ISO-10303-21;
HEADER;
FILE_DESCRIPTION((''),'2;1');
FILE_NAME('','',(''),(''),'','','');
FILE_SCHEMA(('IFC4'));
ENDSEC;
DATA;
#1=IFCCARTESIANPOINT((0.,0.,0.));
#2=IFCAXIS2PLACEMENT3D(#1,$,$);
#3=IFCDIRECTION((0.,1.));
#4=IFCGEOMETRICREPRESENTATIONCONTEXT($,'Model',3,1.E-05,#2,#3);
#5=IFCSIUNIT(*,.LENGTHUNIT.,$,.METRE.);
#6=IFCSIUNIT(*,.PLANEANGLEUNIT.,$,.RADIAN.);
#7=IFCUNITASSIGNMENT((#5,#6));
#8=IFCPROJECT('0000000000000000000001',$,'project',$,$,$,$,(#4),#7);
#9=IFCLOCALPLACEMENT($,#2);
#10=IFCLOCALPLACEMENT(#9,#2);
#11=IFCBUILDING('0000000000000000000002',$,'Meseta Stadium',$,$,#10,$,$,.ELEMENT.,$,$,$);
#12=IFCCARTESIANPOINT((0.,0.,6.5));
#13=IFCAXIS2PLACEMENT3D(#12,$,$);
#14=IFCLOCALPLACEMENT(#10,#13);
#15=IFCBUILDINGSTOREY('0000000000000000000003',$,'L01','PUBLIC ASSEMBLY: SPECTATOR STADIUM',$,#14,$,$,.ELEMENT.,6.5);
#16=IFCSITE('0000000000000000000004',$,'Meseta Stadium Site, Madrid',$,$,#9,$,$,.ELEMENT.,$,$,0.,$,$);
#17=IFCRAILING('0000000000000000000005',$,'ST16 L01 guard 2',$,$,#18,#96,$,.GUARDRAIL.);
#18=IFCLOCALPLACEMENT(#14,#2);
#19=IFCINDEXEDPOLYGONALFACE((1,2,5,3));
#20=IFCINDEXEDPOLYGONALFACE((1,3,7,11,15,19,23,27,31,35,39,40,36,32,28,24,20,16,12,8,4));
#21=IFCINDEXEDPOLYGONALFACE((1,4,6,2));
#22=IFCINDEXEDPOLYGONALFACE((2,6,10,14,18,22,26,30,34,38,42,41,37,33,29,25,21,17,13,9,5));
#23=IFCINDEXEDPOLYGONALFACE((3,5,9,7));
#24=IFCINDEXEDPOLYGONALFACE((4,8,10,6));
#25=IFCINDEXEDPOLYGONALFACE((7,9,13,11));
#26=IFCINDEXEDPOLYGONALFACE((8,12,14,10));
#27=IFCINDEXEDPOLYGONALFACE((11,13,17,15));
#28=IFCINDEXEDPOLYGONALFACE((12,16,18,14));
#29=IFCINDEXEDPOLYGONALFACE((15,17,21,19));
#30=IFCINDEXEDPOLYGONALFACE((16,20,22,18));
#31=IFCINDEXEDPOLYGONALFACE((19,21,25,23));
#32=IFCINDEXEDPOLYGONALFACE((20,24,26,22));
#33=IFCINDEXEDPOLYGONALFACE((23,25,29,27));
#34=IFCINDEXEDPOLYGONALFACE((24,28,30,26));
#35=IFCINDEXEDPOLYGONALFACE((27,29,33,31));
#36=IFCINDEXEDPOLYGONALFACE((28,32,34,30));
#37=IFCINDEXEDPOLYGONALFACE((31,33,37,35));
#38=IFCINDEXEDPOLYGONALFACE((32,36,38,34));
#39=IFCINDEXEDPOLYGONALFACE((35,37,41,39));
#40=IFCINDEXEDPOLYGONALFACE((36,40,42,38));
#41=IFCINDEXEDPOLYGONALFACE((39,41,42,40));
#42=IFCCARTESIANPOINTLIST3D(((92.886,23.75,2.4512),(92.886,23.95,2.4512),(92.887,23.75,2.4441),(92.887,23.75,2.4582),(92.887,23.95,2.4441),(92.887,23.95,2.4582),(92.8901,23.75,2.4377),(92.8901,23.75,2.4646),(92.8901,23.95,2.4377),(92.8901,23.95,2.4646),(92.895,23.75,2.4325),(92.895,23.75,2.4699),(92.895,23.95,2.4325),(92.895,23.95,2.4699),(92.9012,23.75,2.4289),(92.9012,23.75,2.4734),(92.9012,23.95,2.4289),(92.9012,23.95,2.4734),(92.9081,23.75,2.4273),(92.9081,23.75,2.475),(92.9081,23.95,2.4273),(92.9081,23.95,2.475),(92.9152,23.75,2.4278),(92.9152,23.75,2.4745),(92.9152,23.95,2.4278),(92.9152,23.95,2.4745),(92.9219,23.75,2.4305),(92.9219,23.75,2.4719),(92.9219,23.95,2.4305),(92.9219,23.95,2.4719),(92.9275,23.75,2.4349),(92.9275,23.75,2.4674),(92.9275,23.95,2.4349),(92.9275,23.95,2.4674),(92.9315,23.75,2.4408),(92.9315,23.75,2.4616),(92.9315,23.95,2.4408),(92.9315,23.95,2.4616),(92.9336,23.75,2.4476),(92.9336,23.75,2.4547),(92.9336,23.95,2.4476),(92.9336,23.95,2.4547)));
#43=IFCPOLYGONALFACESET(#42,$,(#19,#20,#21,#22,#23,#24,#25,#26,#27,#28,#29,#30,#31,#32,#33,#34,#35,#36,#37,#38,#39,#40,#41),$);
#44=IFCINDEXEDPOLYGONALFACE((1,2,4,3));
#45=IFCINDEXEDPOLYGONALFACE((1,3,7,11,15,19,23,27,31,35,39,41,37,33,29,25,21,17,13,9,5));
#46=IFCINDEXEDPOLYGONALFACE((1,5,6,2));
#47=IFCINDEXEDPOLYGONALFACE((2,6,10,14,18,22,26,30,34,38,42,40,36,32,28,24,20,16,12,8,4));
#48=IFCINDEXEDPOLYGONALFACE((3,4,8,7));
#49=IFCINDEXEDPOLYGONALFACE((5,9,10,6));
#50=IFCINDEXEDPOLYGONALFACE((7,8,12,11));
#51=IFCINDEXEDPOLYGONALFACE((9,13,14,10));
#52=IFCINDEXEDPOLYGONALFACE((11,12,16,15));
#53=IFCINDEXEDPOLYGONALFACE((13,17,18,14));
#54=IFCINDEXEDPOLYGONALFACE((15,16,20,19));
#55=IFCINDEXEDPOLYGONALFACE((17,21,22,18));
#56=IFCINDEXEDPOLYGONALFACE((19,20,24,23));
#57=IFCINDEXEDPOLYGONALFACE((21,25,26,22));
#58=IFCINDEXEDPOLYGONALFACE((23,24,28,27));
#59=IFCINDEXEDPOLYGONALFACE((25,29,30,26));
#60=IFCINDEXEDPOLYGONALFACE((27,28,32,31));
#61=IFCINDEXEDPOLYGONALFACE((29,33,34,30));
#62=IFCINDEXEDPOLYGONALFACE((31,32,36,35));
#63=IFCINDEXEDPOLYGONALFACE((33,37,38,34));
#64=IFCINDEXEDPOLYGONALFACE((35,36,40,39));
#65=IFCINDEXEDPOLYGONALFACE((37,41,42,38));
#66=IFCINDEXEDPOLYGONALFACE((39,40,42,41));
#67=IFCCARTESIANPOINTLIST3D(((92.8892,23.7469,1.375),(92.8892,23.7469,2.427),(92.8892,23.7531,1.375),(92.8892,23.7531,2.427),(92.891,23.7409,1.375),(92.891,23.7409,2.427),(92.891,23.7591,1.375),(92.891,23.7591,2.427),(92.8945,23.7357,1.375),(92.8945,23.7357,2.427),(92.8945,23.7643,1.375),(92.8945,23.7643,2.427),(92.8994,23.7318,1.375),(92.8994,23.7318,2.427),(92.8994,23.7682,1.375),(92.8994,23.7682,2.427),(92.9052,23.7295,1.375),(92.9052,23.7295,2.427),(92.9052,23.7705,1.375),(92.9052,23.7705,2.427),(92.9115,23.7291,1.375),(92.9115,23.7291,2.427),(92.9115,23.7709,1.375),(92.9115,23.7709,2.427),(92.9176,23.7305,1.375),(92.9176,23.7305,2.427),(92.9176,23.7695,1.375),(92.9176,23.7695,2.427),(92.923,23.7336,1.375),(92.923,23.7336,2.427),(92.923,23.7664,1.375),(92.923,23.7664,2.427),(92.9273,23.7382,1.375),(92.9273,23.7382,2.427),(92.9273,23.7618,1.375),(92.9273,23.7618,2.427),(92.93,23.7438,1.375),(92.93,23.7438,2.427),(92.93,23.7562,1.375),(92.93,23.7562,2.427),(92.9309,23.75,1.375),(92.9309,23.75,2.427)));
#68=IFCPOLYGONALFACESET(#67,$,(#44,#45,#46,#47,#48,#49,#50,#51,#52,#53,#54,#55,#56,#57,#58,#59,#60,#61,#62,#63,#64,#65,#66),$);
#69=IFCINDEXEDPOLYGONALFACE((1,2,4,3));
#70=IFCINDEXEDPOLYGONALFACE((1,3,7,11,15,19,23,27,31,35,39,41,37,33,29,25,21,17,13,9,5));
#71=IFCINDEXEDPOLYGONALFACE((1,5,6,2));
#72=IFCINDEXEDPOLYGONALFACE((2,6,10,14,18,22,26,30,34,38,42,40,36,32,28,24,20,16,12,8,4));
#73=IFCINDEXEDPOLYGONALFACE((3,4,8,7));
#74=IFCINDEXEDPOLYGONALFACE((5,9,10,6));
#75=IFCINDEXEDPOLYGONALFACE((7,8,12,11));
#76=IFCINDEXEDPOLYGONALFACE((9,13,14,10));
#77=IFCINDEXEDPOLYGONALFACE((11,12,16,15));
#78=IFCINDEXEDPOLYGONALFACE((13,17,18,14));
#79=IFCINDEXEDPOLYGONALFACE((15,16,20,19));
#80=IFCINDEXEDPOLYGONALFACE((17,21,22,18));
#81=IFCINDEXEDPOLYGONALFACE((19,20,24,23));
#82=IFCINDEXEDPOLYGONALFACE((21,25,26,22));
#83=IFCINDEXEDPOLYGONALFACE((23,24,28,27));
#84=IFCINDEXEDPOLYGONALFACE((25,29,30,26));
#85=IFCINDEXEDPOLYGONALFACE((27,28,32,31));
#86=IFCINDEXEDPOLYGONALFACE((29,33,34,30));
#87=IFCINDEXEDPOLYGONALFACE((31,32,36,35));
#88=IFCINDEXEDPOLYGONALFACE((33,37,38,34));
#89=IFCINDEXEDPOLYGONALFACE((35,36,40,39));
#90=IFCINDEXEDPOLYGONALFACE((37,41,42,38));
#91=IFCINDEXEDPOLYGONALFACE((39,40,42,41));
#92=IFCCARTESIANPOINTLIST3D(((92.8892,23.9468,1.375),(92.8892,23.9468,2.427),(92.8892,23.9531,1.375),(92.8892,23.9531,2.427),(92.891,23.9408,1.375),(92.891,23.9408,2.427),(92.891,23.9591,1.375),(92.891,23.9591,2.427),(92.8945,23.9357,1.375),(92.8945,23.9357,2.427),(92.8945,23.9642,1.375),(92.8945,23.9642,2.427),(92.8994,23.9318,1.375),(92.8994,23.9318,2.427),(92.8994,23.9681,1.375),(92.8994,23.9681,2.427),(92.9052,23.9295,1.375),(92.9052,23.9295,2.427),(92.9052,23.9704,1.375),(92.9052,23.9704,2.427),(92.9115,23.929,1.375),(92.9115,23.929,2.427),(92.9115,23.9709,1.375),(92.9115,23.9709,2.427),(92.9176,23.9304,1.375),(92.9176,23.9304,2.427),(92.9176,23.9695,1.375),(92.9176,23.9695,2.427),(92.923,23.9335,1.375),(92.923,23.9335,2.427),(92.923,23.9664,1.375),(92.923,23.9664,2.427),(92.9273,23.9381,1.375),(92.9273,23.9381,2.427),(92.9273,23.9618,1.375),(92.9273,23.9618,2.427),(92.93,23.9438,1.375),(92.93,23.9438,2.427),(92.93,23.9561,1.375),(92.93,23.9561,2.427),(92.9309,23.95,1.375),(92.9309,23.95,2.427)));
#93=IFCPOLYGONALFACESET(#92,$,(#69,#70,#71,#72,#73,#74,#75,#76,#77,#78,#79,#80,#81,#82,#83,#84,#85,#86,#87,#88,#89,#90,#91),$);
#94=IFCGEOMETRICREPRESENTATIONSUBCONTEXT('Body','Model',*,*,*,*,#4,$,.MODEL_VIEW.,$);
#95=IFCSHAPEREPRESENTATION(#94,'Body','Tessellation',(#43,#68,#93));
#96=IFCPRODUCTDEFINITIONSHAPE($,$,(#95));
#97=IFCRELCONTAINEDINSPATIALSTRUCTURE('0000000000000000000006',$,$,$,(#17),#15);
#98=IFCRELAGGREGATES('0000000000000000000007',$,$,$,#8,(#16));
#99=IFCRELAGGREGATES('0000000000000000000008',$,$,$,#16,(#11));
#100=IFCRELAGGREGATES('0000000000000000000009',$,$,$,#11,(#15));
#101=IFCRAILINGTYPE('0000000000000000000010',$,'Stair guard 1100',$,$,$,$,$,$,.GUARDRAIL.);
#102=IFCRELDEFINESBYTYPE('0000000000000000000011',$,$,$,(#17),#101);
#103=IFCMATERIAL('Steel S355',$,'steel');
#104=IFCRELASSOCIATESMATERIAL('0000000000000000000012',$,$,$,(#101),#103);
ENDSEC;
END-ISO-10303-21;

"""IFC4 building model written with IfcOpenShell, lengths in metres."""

from ifc_helpers import new_model, si_unit, direction, frame, origin, origin_2d, place, context, subcontext, project, spatial, circle, extrude, material, type_object, element, save


model = new_model("IFC4")

# Units and contexts
model_context = context("Model", 3, precision=1e-05, world=origin(), true_north=direction((0.0, 1.0)))
body_context = subcontext(model_context, "Body", "Model", "MODEL_VIEW")
ifc_project = project(units=[si_unit("LENGTHUNIT", "METRE"), si_unit("PLANEANGLEUNIT", "RADIAN")], contexts=[model_context])

# Site, building, storey
site_placement = place(None, origin())
site = spatial("IfcSite", under=ifc_project, at=site_placement, Name="Meseta Stadium Site, Madrid", CompositionType="ELEMENT", RefElevation=0.0)
building_placement = place(site_placement, origin())
building = spatial("IfcBuilding", under=site, at=building_placement, Name="Meseta Stadium", CompositionType="ELEMENT")
storey_placement = place(building_placement, frame((0.0, 0.0, 6.5)))
storey = spatial("IfcBuildingStorey", under=building, at=storey_placement, Name="L01", Description="PUBLIC ASSEMBLY: SPECTATOR STADIUM", CompositionType="ELEMENT", Elevation=6.5)

# Railing
ifc_material_1 = material(Name="Steel S355", Category="steel")
railing_type_1 = type_object("IfcRailingType", Name="Stair guard 1100", PredefinedType="GUARDRAIL", material=ifc_material_1)
railing_1_placement = place(storey_placement, frame((92.9099, 23.75, 1.375)))
element("IfcRailing", 1, at=railing_1_placement, inside=storey, type_object=railing_type_1, Name="ST16 L01 guard 2", PredefinedType="GUARDRAIL", context=body_context, shape_type="SweptSolid", body=[
    extrude(circle(Radius=0.0239, at=origin_2d()), frame((0.0, 0.0, 1.0762), z_axis=(0.0, 1.0, 0.0), x_axis=(-1.0, 0.0, 0.0)), (0.0, 0.0, 1.0), 0.2),
    extrude(circle(Radius=0.021, at=origin_2d()), origin(), (0.0, 0.0, 1.0), 1.052),
    extrude(circle(Radius=0.021, at=origin_2d()), frame((0.0, 0.2, 0.0)), (0.0, 0.0, 1.0), 1.052),
])

save(model, "model.ifc")
